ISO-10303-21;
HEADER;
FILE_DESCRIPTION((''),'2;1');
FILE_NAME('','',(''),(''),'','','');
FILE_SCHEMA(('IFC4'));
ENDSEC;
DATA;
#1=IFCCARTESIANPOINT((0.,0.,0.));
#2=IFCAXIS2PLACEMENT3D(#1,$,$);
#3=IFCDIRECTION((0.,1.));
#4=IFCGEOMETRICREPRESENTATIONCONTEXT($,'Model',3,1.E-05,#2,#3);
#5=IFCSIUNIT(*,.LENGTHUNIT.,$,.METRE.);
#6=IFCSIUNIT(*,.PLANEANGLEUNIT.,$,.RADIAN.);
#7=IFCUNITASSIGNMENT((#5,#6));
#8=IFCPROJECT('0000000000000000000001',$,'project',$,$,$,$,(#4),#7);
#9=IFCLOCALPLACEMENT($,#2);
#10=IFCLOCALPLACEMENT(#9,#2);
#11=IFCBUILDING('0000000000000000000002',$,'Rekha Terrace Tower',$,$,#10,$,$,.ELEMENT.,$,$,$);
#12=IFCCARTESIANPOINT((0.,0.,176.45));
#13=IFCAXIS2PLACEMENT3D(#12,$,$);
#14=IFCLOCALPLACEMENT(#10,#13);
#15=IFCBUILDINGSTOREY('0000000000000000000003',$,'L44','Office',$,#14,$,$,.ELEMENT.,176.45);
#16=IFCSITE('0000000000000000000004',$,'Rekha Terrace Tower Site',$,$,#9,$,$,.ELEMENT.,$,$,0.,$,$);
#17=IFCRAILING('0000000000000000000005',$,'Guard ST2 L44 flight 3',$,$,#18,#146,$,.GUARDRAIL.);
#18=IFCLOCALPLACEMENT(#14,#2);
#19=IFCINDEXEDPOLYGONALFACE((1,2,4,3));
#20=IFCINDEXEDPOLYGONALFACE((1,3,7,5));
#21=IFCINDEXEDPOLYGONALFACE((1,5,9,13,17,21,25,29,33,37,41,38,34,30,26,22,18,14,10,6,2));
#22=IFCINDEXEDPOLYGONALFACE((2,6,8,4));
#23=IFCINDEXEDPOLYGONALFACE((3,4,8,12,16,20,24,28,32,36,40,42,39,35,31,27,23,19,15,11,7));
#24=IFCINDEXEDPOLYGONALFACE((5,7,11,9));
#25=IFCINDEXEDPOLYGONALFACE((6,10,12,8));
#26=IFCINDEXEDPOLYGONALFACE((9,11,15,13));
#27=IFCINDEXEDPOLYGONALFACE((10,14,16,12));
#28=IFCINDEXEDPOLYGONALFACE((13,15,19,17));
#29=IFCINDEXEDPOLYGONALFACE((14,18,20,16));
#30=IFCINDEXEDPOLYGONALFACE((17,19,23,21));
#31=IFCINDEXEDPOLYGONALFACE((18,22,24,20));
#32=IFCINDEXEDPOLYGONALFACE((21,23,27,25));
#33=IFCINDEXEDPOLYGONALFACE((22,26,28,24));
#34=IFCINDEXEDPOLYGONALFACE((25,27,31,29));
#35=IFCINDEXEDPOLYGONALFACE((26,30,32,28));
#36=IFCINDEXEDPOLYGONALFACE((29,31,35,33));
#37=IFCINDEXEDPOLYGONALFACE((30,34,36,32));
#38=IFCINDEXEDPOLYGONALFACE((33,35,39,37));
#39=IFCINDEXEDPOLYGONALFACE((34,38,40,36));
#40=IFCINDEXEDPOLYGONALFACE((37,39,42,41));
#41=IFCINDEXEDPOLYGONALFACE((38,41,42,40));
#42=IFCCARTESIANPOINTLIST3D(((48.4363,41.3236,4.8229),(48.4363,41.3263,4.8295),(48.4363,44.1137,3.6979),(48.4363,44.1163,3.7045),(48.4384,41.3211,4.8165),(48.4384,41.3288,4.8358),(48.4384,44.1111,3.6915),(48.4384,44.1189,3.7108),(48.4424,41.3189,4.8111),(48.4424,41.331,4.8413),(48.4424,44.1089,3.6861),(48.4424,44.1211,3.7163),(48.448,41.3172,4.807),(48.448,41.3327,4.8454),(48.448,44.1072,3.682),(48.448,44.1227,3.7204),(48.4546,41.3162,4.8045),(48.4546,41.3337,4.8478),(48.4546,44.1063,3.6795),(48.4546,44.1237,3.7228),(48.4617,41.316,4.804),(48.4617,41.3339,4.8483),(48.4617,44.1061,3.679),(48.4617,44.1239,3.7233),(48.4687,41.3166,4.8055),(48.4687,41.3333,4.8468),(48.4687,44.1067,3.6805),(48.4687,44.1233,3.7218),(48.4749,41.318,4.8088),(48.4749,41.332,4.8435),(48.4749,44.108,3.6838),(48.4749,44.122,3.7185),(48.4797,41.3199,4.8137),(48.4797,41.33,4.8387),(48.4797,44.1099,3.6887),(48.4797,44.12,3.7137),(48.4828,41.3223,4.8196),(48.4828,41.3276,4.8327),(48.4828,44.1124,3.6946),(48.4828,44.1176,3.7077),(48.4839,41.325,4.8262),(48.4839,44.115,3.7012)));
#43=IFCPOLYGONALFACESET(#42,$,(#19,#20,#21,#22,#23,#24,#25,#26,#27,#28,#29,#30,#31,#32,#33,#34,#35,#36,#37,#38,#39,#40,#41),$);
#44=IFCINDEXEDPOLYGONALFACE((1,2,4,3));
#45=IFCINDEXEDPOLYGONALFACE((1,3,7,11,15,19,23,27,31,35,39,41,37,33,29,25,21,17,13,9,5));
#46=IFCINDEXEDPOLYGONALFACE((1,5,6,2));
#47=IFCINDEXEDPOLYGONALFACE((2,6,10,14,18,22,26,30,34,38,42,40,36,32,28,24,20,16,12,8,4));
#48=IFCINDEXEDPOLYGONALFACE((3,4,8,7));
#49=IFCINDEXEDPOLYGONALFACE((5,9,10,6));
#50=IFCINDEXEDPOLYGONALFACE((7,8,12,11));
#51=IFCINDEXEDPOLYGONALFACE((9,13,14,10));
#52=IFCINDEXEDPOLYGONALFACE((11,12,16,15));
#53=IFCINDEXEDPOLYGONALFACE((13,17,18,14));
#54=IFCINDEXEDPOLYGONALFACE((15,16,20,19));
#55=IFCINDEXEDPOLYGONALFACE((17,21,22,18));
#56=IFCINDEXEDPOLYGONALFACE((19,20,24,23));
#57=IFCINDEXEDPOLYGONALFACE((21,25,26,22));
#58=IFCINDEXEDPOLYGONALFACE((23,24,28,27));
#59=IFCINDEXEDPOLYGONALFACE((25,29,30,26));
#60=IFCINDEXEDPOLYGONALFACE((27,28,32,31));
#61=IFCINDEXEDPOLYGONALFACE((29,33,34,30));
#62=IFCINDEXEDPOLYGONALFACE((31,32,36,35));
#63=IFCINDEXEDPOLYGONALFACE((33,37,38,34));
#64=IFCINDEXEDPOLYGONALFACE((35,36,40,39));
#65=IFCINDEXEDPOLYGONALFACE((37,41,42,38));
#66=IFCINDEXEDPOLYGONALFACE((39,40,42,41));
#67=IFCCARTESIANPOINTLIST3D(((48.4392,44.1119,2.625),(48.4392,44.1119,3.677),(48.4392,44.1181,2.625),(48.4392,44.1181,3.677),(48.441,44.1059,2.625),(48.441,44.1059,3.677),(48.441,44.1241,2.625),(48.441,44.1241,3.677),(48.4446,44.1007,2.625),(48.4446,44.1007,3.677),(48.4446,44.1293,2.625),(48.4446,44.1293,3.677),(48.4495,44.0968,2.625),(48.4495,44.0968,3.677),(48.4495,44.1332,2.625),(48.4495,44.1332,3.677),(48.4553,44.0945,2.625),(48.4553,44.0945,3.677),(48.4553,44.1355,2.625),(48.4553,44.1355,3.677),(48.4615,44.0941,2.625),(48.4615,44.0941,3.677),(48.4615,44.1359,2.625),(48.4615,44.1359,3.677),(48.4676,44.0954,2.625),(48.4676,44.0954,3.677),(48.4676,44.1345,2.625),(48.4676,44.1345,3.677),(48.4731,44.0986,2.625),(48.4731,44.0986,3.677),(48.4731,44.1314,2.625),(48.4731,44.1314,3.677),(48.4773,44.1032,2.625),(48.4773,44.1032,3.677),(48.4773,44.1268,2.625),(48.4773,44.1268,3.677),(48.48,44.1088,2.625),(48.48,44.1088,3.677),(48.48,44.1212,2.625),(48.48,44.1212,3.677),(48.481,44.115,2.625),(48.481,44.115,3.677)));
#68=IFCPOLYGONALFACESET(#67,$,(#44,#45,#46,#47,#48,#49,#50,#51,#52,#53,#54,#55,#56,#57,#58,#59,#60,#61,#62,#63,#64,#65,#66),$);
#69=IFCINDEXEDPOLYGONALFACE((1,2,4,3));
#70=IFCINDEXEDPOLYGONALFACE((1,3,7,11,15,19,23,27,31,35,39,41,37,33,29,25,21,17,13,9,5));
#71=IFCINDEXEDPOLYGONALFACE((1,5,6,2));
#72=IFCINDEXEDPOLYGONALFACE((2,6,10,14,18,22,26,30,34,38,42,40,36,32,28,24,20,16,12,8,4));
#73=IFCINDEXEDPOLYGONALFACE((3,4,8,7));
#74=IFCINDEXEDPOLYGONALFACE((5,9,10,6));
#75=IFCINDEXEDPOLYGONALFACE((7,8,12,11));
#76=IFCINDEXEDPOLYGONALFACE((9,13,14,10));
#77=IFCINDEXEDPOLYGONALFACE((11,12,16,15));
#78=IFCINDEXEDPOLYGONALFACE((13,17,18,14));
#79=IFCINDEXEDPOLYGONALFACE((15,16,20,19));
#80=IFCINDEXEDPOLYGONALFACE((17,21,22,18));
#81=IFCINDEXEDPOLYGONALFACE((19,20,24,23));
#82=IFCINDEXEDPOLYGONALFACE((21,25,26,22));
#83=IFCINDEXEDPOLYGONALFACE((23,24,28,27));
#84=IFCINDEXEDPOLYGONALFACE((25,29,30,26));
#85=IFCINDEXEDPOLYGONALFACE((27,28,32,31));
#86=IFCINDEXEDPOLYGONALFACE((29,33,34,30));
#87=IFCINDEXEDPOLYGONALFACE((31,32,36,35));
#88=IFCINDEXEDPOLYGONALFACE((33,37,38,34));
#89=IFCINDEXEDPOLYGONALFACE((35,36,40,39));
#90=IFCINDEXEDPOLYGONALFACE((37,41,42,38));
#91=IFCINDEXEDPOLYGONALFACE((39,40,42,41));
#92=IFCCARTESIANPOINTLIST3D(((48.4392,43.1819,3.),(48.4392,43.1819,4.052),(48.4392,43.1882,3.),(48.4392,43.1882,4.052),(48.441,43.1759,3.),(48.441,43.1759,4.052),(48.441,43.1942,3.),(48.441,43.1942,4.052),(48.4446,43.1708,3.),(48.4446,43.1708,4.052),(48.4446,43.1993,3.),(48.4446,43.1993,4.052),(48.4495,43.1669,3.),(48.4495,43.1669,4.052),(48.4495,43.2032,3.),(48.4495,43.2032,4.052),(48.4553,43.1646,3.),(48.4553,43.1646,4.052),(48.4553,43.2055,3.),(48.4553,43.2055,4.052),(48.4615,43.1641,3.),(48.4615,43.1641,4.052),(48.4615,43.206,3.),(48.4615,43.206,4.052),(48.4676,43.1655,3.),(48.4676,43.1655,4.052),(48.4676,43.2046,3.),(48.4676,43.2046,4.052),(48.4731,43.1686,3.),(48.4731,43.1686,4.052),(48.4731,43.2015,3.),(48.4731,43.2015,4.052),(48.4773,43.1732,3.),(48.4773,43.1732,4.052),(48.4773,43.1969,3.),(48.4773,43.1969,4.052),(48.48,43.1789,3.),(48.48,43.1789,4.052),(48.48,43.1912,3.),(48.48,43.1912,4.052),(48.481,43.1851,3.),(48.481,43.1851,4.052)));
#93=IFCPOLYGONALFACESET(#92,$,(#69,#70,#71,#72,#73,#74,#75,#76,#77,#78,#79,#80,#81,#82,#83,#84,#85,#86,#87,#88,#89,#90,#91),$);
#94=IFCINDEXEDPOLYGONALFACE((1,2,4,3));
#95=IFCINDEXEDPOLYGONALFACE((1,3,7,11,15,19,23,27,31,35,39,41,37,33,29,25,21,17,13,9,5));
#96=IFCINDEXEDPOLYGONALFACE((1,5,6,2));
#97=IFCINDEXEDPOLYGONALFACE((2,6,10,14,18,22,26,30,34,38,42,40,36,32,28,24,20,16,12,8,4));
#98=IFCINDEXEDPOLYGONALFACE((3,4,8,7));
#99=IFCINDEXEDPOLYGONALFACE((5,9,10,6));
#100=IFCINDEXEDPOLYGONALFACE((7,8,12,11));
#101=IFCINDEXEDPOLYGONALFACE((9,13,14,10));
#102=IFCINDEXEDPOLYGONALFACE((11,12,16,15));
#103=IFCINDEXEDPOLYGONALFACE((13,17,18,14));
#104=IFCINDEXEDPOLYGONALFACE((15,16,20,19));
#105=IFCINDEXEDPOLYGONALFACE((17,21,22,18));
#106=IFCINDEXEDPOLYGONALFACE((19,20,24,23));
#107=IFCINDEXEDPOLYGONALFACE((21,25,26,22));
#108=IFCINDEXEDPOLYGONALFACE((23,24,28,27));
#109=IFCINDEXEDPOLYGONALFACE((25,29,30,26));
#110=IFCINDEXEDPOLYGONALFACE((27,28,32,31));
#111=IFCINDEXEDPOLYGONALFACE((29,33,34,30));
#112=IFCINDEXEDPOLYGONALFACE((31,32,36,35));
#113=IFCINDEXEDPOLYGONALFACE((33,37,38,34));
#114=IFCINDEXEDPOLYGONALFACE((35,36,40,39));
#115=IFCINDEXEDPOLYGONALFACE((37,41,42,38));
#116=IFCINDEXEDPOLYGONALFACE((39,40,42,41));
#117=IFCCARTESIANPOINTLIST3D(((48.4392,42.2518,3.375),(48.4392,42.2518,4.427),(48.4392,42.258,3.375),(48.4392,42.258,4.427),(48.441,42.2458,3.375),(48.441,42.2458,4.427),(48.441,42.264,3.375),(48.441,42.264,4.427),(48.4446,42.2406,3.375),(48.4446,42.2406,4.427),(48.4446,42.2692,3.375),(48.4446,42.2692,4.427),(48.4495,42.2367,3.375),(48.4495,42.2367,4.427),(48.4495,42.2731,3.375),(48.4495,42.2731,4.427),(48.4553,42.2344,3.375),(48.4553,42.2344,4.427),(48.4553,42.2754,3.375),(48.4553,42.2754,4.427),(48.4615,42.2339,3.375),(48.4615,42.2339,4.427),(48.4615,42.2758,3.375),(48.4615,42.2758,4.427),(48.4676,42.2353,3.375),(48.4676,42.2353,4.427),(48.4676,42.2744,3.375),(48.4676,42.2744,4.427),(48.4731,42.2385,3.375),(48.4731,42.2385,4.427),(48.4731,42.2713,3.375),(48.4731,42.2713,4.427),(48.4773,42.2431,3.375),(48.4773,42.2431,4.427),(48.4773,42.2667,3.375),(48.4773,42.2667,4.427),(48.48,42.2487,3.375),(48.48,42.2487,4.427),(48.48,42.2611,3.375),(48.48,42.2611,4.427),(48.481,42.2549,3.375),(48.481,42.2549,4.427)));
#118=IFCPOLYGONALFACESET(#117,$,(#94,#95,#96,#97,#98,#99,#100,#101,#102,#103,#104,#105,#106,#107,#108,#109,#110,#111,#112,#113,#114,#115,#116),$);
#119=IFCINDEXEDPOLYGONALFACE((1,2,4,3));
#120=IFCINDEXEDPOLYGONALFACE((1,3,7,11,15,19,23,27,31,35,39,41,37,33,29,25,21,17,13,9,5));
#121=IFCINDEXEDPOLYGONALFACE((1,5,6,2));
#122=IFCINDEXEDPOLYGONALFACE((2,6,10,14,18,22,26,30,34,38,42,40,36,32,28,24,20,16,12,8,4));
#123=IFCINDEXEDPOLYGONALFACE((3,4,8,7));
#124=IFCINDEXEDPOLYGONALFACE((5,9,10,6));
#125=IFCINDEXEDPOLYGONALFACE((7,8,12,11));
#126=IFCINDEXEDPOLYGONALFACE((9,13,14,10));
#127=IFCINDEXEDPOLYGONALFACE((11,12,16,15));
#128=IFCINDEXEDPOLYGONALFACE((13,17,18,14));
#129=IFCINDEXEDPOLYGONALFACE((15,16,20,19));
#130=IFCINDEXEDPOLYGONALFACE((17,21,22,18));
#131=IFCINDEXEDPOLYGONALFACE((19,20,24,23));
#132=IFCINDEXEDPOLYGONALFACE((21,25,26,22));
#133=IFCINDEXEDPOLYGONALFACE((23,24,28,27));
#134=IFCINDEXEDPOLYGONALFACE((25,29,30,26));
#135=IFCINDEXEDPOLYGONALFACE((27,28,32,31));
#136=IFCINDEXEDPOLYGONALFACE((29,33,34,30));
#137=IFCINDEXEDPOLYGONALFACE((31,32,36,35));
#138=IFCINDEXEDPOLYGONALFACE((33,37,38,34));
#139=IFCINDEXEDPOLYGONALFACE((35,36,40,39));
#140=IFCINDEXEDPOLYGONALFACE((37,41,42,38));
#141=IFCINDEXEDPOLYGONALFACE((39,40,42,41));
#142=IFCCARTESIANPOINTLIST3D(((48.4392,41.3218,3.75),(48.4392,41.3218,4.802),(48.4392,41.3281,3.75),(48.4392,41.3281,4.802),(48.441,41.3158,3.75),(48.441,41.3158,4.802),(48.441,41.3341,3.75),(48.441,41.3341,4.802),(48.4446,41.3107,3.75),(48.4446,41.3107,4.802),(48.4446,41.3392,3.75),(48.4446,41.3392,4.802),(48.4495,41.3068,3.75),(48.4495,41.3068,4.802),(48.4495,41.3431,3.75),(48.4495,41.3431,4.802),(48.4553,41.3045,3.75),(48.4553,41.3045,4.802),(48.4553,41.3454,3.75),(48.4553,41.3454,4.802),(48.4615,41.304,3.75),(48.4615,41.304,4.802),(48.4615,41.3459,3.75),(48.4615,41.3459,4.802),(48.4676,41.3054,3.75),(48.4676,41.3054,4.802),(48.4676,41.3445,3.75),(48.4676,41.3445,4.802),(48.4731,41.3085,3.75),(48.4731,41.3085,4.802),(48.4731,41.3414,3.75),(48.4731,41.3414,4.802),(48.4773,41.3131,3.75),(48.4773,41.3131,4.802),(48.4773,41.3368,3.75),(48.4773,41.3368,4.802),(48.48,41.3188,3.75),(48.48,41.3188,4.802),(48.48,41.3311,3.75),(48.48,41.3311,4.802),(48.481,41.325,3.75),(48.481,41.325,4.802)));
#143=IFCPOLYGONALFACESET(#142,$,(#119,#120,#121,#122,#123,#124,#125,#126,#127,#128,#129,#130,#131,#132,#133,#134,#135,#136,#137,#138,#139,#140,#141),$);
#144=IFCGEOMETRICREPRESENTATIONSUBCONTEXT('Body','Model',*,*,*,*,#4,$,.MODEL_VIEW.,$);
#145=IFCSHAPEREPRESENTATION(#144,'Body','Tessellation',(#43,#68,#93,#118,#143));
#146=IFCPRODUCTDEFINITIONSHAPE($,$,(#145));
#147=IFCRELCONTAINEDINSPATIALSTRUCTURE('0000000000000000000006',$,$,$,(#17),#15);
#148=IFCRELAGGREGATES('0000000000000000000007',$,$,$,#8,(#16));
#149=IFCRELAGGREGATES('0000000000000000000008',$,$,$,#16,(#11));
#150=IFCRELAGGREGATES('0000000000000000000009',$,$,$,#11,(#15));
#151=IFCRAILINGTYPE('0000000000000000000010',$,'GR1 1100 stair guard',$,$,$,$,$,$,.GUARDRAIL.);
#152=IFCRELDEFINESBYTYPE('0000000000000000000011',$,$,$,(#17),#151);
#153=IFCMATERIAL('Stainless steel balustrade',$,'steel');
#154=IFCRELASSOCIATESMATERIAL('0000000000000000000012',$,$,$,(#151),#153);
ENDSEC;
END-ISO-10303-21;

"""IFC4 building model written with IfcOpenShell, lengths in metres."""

from ifc_helpers import new_model, si_unit, direction, frame, origin, origin_2d, place, context, subcontext, project, spatial, circle, extrude, material, type_object, element, save


model = new_model("IFC4")

# Units and contexts
model_context = context("Model", 3, precision=1e-05, world=origin(), true_north=direction((0.0, 1.0)))
body_context = subcontext(model_context, "Body", "Model", "MODEL_VIEW")
ifc_project = project(units=[si_unit("LENGTHUNIT", "METRE"), si_unit("PLANEANGLEUNIT", "RADIAN")], contexts=[model_context])

# Site, building, storey
site_placement = place(None, origin())
site = spatial("IfcSite", under=ifc_project, at=site_placement, Name="Rekha Terrace Tower Site", CompositionType="ELEMENT", RefElevation=0.0)
building_placement = place(site_placement, origin())
building = spatial("IfcBuilding", under=site, at=building_placement, Name="Rekha Terrace Tower", CompositionType="ELEMENT")
storey_placement = place(building_placement, frame((0.0, 0.0, 176.45)))
storey = spatial("IfcBuildingStorey", under=building, at=storey_placement, Name="L44", Description="Office", CompositionType="ELEMENT", Elevation=176.45)

# Railing
ifc_material_1 = material(Name="Stainless steel balustrade", Category="steel")
railing_type_1 = type_object("IfcRailingType", Name="GR1 1100 stair guard", PredefinedType="GUARDRAIL", material=ifc_material_1)
railing_1_placement = place(storey_placement, frame((48.46, 44.115, 2.625)))
element("IfcRailing", 1, at=railing_1_placement, inside=storey, type_object=railing_type_1, Name="Guard ST2 L44 flight 3", PredefinedType="GUARDRAIL", context=body_context, shape_type="SweptSolid", body=[
    extrude(circle(Radius=0.0239, at=origin_2d()), frame((0.0, 0.0, 1.0762), z_axis=(0.0, -0.927443, 0.373964), x_axis=(1.0, 0.0, 0.0)), (0.0, 0.0, 1.0), 3.0083),
    extrude(circle(Radius=0.021, at=origin_2d()), origin(), (0.0, 0.0, 1.0), 1.052),
    extrude(circle(Radius=0.021, at=origin_2d()), frame((0.0, -0.9299, 0.375)), (0.0, 0.0, 1.0), 1.052),
    extrude(circle(Radius=0.021, at=origin_2d()), frame((0.0, -1.8601, 0.75)), (0.0, 0.0, 1.0), 1.052),
    extrude(circle(Radius=0.021, at=origin_2d()), frame((0.0, -2.79, 1.125)), (0.0, 0.0, 1.0), 1.052),
])

save(model, "model.ifc")
